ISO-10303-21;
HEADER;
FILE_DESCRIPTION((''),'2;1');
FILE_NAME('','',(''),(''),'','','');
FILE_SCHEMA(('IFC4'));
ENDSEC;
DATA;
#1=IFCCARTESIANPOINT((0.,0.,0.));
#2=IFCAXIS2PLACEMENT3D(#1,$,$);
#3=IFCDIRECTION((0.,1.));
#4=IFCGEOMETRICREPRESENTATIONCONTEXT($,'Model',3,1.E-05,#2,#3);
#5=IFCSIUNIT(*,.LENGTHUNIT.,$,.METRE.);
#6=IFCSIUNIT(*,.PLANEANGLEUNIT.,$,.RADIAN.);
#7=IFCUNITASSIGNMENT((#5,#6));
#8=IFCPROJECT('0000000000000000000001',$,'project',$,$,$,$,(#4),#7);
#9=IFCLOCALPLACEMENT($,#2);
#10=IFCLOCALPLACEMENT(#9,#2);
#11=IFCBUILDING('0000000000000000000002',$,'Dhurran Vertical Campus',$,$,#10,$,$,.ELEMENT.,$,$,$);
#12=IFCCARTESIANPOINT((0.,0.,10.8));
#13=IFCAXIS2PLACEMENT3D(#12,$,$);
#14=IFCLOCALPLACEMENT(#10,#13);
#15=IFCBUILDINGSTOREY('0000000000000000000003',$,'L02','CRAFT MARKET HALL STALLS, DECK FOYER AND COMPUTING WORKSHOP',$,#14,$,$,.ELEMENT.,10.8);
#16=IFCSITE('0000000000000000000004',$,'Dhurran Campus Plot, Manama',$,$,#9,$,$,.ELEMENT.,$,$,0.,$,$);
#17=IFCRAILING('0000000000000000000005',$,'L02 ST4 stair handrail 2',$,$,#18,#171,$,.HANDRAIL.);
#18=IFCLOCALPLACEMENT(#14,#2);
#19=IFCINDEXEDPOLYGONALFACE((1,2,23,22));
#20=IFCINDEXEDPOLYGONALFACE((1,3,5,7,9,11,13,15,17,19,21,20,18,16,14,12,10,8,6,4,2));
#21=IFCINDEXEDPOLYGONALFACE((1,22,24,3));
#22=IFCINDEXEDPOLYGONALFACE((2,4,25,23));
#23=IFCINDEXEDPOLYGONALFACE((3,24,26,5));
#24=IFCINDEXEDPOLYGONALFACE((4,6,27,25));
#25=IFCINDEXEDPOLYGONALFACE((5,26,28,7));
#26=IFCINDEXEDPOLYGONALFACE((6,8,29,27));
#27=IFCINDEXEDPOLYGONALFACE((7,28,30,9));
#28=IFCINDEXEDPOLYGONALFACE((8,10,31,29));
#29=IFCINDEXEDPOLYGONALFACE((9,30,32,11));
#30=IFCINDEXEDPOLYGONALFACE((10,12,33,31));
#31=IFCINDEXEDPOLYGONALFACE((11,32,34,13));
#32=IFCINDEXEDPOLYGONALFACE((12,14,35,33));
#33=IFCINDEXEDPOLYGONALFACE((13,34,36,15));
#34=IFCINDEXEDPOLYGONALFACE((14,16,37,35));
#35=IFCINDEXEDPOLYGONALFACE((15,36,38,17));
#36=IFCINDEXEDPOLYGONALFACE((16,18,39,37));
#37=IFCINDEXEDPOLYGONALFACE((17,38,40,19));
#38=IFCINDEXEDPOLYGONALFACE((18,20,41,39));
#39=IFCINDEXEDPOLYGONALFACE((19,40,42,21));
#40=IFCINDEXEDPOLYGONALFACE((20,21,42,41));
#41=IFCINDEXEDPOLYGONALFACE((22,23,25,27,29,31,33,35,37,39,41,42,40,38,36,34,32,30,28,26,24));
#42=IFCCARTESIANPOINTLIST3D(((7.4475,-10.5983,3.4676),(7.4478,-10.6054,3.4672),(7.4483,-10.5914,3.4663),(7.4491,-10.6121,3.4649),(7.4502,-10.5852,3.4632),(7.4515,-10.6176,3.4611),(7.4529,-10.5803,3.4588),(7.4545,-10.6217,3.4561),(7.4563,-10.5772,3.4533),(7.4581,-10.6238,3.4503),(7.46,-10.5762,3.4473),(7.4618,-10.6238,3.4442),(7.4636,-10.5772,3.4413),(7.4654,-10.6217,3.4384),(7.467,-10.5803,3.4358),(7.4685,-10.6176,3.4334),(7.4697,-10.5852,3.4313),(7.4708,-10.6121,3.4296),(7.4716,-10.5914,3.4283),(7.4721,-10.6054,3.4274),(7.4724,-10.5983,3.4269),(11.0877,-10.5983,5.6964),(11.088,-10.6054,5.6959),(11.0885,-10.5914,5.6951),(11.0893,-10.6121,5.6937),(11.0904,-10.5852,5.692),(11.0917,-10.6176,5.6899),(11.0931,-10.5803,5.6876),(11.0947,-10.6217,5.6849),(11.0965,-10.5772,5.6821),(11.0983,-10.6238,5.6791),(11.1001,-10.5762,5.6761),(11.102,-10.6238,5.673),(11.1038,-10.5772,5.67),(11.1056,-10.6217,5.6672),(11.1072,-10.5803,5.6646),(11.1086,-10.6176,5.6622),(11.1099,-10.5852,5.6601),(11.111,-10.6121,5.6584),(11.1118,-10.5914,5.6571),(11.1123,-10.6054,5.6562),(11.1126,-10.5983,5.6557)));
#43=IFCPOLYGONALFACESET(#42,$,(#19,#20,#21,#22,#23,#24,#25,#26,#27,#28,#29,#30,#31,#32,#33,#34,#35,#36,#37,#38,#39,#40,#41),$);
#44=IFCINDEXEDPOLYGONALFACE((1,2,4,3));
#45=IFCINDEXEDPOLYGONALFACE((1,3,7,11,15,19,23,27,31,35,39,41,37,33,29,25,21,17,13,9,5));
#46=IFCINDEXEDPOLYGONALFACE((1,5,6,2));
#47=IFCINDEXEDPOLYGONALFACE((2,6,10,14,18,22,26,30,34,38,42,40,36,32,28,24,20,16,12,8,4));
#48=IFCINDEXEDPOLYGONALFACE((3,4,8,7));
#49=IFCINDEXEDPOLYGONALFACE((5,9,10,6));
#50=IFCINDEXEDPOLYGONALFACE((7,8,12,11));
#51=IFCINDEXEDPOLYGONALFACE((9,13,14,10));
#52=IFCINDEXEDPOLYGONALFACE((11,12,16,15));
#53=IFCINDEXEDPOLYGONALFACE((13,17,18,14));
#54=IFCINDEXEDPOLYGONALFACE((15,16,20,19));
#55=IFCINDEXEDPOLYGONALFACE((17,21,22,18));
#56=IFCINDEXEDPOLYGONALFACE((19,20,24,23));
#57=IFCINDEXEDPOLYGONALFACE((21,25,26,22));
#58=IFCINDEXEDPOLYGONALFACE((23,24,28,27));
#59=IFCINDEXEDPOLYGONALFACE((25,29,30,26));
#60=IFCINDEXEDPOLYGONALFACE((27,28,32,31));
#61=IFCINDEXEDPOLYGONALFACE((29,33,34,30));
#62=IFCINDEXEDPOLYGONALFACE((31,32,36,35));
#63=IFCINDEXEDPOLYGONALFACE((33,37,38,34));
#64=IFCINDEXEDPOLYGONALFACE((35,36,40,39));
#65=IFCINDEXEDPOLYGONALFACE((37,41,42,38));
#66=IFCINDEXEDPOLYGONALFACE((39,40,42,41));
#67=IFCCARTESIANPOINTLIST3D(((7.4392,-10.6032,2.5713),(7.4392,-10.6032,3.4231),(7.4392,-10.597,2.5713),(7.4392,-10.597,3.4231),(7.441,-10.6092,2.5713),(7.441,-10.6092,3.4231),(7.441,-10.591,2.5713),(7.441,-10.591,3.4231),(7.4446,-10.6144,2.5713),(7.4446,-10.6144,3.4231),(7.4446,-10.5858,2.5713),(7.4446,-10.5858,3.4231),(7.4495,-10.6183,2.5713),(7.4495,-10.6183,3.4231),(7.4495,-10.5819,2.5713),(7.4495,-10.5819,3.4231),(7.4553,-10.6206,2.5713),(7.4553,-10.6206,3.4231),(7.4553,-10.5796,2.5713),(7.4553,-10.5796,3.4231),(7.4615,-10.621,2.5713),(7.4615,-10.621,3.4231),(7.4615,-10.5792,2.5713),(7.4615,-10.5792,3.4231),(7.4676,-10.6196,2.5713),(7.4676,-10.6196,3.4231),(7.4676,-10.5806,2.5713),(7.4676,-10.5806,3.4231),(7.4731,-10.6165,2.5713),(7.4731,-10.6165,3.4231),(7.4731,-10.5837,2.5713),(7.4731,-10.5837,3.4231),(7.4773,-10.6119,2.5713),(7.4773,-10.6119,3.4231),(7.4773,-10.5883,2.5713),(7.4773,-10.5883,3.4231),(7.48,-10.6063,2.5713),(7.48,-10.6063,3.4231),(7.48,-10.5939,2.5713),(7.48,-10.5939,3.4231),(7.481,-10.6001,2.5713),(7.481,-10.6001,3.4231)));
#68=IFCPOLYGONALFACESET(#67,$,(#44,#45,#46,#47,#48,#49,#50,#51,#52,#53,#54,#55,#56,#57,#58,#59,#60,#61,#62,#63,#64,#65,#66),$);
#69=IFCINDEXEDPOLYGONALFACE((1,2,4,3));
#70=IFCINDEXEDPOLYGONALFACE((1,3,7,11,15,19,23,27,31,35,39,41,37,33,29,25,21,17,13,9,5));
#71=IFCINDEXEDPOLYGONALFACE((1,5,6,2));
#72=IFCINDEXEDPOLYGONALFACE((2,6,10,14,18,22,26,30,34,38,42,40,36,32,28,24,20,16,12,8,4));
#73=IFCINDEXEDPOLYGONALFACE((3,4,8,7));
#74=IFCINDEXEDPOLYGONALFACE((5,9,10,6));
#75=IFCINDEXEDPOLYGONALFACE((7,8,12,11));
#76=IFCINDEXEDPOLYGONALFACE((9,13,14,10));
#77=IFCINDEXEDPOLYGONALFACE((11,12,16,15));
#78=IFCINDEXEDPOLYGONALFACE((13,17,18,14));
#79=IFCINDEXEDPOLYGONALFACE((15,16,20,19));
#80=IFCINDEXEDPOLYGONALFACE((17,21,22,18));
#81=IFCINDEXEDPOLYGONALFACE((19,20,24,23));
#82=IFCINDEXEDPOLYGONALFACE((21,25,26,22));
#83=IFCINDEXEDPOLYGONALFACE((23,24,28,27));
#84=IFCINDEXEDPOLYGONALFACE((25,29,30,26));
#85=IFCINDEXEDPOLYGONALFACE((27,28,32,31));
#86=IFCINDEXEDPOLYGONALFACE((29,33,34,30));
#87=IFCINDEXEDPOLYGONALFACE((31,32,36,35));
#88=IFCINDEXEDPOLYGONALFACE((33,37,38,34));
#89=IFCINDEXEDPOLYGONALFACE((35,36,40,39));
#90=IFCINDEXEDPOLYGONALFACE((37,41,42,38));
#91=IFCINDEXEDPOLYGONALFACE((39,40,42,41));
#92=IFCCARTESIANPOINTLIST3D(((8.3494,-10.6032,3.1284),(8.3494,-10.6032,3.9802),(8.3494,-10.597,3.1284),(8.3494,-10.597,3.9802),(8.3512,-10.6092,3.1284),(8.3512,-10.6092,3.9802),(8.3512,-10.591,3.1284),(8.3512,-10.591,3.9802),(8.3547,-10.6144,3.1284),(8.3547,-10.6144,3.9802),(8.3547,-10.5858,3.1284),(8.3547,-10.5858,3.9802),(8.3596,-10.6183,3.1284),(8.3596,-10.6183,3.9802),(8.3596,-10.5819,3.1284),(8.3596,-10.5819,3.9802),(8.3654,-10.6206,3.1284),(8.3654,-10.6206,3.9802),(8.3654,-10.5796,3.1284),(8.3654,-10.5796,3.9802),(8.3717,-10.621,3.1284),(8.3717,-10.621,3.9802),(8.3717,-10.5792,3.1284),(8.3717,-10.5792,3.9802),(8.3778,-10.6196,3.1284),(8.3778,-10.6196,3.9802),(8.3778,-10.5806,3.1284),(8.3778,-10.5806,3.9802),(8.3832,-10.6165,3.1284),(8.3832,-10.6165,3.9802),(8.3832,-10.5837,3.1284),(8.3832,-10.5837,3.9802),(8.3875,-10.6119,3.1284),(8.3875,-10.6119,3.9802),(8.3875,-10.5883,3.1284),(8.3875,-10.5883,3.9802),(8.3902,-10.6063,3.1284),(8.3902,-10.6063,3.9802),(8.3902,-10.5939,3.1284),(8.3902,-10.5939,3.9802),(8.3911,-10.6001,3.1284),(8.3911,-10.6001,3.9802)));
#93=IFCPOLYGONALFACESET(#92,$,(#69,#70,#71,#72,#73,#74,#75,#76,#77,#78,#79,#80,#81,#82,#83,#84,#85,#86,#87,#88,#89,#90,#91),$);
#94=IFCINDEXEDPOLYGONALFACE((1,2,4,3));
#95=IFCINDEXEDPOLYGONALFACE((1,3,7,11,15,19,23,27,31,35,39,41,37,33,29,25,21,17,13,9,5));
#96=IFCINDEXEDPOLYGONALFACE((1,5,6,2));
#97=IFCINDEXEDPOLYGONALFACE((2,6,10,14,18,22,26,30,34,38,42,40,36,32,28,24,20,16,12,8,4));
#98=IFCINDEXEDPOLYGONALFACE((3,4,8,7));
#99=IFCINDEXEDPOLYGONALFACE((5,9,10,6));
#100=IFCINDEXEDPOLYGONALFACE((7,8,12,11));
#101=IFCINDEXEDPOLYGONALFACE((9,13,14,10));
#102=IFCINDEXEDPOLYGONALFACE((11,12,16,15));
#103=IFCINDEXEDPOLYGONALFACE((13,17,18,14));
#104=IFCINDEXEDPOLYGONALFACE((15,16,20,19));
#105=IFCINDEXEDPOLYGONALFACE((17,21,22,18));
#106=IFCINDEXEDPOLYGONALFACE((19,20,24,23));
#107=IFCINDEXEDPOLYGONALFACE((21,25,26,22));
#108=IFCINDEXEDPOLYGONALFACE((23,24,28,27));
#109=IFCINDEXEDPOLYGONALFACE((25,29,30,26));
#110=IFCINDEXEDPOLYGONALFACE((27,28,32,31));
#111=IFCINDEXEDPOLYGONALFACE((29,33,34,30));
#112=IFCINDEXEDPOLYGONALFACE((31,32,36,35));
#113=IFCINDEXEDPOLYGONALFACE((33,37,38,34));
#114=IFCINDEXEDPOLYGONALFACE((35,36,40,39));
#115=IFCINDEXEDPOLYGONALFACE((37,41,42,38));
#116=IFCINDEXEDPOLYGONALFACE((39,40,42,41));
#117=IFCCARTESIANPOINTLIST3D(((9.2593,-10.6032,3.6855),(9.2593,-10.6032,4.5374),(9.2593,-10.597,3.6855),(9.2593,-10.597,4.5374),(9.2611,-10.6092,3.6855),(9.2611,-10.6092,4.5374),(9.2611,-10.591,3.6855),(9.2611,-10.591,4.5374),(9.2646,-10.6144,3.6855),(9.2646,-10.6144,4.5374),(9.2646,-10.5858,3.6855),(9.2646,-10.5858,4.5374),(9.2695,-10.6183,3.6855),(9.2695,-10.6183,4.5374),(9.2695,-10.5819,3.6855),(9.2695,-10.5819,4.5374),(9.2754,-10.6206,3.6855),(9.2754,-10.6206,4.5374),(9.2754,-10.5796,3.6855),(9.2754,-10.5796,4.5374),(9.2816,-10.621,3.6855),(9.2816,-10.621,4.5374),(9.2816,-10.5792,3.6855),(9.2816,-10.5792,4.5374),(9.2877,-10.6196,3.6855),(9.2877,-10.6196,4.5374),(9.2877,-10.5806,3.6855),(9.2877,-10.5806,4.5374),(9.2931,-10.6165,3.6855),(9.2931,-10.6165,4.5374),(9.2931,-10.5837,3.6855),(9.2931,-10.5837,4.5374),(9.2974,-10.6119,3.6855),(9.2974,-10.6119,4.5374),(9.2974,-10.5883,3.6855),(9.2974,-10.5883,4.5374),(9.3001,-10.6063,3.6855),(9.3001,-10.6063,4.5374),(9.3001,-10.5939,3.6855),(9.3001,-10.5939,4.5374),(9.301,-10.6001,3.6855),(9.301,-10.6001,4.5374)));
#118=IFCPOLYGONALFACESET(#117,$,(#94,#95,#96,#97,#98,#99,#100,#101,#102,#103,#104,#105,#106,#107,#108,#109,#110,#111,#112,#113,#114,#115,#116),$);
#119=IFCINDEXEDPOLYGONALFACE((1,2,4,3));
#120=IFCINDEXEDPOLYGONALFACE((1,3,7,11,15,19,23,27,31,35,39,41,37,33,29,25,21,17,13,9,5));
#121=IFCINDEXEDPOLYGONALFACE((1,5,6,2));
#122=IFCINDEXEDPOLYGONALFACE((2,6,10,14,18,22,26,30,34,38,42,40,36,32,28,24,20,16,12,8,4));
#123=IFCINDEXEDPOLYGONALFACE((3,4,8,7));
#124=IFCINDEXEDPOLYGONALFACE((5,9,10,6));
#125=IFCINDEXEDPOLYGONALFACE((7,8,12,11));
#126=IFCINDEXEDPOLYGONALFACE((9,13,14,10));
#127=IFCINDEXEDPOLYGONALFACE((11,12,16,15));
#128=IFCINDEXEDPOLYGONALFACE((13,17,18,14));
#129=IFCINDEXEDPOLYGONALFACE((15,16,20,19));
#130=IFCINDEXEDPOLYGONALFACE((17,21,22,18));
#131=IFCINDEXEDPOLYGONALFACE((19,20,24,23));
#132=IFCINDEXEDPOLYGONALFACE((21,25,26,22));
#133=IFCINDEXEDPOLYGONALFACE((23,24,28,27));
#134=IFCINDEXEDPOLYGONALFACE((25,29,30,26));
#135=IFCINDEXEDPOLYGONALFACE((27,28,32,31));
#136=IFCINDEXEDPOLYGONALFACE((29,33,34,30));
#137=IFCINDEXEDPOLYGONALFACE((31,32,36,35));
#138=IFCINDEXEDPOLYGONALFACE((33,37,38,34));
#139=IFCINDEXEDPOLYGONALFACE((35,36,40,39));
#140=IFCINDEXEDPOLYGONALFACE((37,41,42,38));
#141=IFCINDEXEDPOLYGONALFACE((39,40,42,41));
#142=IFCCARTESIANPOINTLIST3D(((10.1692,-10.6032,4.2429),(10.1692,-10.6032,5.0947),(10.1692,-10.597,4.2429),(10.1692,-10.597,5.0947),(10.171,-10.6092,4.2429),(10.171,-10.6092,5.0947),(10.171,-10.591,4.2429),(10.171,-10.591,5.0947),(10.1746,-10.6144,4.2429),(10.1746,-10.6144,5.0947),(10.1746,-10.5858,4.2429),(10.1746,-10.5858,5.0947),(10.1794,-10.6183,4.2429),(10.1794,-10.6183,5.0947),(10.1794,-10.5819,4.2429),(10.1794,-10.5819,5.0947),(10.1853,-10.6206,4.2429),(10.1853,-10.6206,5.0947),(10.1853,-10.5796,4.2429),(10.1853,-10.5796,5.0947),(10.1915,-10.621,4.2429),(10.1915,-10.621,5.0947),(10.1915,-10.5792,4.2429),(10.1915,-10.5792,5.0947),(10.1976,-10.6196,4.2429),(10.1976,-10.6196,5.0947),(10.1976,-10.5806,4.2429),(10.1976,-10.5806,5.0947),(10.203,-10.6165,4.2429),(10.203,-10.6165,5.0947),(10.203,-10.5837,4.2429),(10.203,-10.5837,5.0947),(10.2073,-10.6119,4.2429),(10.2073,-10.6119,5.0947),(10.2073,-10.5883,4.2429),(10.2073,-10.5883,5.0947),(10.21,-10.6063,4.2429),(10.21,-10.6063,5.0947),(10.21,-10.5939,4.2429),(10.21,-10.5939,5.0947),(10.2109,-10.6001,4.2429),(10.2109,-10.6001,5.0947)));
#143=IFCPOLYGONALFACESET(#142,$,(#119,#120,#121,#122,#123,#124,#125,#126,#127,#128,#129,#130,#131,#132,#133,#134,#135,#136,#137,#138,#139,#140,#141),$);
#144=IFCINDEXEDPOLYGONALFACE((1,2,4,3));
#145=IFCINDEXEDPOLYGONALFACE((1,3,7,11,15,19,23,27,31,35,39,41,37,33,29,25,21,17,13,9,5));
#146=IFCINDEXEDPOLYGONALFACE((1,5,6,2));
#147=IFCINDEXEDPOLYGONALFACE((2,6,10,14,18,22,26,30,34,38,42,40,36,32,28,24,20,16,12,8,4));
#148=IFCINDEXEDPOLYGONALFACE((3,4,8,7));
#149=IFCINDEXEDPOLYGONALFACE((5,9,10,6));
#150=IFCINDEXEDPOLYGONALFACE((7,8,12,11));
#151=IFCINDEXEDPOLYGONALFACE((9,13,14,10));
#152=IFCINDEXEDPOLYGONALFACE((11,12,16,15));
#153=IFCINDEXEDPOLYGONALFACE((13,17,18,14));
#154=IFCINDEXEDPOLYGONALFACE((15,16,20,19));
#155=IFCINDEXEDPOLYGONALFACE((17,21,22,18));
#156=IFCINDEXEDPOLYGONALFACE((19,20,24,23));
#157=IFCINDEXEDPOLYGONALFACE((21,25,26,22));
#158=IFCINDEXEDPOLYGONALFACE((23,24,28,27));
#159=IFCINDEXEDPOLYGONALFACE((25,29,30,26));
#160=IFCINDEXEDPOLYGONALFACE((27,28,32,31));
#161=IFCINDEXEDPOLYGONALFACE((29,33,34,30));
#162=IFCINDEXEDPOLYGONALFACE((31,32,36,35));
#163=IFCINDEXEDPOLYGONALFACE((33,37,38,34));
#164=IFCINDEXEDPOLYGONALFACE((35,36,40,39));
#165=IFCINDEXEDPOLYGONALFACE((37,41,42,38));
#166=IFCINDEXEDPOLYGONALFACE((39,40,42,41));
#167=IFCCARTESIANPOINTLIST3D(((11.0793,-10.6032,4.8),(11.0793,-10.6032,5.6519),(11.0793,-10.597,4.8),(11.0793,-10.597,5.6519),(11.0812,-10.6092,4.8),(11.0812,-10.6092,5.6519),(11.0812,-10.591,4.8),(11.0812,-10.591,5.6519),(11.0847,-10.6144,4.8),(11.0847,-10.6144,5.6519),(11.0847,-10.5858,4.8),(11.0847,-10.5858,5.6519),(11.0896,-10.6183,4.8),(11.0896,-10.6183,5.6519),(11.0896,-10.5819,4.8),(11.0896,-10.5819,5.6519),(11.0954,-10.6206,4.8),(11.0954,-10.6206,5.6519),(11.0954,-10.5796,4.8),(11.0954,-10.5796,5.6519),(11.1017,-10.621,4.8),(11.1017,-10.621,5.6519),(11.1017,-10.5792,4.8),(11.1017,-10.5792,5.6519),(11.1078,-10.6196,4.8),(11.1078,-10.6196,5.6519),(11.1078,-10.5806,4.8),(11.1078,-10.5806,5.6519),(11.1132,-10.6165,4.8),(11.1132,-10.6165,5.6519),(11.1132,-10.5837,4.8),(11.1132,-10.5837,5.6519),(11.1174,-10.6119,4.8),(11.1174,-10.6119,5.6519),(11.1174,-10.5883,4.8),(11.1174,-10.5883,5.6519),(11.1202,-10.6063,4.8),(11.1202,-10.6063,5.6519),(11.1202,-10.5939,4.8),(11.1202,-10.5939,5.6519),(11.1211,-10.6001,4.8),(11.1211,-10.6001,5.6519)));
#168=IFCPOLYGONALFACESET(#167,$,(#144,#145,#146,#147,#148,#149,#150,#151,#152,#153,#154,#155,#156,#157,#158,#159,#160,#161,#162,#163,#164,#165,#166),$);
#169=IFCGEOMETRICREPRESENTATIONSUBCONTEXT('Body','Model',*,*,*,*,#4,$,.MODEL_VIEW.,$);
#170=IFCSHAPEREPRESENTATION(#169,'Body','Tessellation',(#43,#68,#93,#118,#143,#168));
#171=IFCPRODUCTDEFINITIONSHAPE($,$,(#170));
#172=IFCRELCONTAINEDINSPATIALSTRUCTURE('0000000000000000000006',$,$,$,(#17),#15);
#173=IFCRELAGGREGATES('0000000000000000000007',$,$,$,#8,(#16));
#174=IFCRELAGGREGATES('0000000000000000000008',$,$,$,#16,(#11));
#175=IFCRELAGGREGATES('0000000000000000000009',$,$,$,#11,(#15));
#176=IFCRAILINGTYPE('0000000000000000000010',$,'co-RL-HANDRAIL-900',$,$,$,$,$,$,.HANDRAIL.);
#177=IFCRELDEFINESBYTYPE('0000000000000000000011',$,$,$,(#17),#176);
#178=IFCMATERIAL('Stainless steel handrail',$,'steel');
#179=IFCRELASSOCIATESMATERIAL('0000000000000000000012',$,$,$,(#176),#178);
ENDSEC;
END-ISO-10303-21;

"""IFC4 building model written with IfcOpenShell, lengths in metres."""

from ifc_helpers import new_model, si_unit, direction, frame, origin, origin_2d, place, context, subcontext, project, spatial, circle, extrude, material, type_object, element, save


model = new_model("IFC4")

# Units and contexts
model_context = context("Model", 3, precision=1e-05, world=origin(), true_north=direction((0.0, 1.0)))
body_context = subcontext(model_context, "Body", "Model", "MODEL_VIEW")
ifc_project = project(units=[si_unit("LENGTHUNIT", "METRE"), si_unit("PLANEANGLEUNIT", "RADIAN")], contexts=[model_context])

# Site, building, storey
site_placement = place(None, origin())
site = spatial("IfcSite", under=ifc_project, at=site_placement, Name="Dhurran Campus Plot, Manama", CompositionType="ELEMENT", RefElevation=0.0)
building_placement = place(site_placement, origin())
building = spatial("IfcBuilding", under=site, at=building_placement, Name="Dhurran Vertical Campus", CompositionType="ELEMENT")
storey_placement = place(building_placement, frame((0.0, 0.0, 10.8)))
storey = spatial("IfcBuildingStorey", under=building, at=storey_placement, Name="L02", Description="CRAFT MARKET HALL STALLS, DECK FOYER AND COMPUTING WORKSHOP", CompositionType="ELEMENT", Elevation=10.8)

# Railing
ifc_material_1 = material(Name="Stainless steel handrail", Category="steel")
railing_type_1 = type_object("IfcRailingType", Name="co-RL-HANDRAIL-900", PredefinedType="HANDRAIL", material=ifc_material_1)
railing_1_placement = place(storey_placement, frame((7.46, -10.6001, 2.5713)))
element("IfcRailing", 1, at=railing_1_placement, inside=storey, type_object=railing_type_1, Name="L02 ST4 stair handrail 2", PredefinedType="HANDRAIL", context=body_context, shape_type="SweptSolid", body=[
    extrude(circle(Radius=0.0239, at=origin_2d()), frame((0.0, 0.0, 0.876), z_axis=(0.85284, 0.0, 0.522172), x_axis=(0.0, 1.0, 0.0)), (0.0, 0.0, 1.0), 4.2683),
    extrude(circle(Radius=0.021, at=origin_2d()), origin(), (0.0, 0.0, 1.0), 0.8518),
    extrude(circle(Radius=0.021, at=origin_2d()), frame((0.9102, 0.0, 0.5571)), (0.0, 0.0, 1.0), 0.8518),
    extrude(circle(Radius=0.021, at=origin_2d()), frame((1.8201, 0.0, 1.1143)), (0.0, 0.0, 1.0), 0.8518),
    extrude(circle(Radius=0.021, at=origin_2d()), frame((2.73, 0.0, 1.6716)), (0.0, 0.0, 1.0), 0.8518),
    extrude(circle(Radius=0.021, at=origin_2d()), frame((3.6401, 0.0, 2.2288)), (0.0, 0.0, 1.0), 0.8518),
])

save(model, "model.ifc")
